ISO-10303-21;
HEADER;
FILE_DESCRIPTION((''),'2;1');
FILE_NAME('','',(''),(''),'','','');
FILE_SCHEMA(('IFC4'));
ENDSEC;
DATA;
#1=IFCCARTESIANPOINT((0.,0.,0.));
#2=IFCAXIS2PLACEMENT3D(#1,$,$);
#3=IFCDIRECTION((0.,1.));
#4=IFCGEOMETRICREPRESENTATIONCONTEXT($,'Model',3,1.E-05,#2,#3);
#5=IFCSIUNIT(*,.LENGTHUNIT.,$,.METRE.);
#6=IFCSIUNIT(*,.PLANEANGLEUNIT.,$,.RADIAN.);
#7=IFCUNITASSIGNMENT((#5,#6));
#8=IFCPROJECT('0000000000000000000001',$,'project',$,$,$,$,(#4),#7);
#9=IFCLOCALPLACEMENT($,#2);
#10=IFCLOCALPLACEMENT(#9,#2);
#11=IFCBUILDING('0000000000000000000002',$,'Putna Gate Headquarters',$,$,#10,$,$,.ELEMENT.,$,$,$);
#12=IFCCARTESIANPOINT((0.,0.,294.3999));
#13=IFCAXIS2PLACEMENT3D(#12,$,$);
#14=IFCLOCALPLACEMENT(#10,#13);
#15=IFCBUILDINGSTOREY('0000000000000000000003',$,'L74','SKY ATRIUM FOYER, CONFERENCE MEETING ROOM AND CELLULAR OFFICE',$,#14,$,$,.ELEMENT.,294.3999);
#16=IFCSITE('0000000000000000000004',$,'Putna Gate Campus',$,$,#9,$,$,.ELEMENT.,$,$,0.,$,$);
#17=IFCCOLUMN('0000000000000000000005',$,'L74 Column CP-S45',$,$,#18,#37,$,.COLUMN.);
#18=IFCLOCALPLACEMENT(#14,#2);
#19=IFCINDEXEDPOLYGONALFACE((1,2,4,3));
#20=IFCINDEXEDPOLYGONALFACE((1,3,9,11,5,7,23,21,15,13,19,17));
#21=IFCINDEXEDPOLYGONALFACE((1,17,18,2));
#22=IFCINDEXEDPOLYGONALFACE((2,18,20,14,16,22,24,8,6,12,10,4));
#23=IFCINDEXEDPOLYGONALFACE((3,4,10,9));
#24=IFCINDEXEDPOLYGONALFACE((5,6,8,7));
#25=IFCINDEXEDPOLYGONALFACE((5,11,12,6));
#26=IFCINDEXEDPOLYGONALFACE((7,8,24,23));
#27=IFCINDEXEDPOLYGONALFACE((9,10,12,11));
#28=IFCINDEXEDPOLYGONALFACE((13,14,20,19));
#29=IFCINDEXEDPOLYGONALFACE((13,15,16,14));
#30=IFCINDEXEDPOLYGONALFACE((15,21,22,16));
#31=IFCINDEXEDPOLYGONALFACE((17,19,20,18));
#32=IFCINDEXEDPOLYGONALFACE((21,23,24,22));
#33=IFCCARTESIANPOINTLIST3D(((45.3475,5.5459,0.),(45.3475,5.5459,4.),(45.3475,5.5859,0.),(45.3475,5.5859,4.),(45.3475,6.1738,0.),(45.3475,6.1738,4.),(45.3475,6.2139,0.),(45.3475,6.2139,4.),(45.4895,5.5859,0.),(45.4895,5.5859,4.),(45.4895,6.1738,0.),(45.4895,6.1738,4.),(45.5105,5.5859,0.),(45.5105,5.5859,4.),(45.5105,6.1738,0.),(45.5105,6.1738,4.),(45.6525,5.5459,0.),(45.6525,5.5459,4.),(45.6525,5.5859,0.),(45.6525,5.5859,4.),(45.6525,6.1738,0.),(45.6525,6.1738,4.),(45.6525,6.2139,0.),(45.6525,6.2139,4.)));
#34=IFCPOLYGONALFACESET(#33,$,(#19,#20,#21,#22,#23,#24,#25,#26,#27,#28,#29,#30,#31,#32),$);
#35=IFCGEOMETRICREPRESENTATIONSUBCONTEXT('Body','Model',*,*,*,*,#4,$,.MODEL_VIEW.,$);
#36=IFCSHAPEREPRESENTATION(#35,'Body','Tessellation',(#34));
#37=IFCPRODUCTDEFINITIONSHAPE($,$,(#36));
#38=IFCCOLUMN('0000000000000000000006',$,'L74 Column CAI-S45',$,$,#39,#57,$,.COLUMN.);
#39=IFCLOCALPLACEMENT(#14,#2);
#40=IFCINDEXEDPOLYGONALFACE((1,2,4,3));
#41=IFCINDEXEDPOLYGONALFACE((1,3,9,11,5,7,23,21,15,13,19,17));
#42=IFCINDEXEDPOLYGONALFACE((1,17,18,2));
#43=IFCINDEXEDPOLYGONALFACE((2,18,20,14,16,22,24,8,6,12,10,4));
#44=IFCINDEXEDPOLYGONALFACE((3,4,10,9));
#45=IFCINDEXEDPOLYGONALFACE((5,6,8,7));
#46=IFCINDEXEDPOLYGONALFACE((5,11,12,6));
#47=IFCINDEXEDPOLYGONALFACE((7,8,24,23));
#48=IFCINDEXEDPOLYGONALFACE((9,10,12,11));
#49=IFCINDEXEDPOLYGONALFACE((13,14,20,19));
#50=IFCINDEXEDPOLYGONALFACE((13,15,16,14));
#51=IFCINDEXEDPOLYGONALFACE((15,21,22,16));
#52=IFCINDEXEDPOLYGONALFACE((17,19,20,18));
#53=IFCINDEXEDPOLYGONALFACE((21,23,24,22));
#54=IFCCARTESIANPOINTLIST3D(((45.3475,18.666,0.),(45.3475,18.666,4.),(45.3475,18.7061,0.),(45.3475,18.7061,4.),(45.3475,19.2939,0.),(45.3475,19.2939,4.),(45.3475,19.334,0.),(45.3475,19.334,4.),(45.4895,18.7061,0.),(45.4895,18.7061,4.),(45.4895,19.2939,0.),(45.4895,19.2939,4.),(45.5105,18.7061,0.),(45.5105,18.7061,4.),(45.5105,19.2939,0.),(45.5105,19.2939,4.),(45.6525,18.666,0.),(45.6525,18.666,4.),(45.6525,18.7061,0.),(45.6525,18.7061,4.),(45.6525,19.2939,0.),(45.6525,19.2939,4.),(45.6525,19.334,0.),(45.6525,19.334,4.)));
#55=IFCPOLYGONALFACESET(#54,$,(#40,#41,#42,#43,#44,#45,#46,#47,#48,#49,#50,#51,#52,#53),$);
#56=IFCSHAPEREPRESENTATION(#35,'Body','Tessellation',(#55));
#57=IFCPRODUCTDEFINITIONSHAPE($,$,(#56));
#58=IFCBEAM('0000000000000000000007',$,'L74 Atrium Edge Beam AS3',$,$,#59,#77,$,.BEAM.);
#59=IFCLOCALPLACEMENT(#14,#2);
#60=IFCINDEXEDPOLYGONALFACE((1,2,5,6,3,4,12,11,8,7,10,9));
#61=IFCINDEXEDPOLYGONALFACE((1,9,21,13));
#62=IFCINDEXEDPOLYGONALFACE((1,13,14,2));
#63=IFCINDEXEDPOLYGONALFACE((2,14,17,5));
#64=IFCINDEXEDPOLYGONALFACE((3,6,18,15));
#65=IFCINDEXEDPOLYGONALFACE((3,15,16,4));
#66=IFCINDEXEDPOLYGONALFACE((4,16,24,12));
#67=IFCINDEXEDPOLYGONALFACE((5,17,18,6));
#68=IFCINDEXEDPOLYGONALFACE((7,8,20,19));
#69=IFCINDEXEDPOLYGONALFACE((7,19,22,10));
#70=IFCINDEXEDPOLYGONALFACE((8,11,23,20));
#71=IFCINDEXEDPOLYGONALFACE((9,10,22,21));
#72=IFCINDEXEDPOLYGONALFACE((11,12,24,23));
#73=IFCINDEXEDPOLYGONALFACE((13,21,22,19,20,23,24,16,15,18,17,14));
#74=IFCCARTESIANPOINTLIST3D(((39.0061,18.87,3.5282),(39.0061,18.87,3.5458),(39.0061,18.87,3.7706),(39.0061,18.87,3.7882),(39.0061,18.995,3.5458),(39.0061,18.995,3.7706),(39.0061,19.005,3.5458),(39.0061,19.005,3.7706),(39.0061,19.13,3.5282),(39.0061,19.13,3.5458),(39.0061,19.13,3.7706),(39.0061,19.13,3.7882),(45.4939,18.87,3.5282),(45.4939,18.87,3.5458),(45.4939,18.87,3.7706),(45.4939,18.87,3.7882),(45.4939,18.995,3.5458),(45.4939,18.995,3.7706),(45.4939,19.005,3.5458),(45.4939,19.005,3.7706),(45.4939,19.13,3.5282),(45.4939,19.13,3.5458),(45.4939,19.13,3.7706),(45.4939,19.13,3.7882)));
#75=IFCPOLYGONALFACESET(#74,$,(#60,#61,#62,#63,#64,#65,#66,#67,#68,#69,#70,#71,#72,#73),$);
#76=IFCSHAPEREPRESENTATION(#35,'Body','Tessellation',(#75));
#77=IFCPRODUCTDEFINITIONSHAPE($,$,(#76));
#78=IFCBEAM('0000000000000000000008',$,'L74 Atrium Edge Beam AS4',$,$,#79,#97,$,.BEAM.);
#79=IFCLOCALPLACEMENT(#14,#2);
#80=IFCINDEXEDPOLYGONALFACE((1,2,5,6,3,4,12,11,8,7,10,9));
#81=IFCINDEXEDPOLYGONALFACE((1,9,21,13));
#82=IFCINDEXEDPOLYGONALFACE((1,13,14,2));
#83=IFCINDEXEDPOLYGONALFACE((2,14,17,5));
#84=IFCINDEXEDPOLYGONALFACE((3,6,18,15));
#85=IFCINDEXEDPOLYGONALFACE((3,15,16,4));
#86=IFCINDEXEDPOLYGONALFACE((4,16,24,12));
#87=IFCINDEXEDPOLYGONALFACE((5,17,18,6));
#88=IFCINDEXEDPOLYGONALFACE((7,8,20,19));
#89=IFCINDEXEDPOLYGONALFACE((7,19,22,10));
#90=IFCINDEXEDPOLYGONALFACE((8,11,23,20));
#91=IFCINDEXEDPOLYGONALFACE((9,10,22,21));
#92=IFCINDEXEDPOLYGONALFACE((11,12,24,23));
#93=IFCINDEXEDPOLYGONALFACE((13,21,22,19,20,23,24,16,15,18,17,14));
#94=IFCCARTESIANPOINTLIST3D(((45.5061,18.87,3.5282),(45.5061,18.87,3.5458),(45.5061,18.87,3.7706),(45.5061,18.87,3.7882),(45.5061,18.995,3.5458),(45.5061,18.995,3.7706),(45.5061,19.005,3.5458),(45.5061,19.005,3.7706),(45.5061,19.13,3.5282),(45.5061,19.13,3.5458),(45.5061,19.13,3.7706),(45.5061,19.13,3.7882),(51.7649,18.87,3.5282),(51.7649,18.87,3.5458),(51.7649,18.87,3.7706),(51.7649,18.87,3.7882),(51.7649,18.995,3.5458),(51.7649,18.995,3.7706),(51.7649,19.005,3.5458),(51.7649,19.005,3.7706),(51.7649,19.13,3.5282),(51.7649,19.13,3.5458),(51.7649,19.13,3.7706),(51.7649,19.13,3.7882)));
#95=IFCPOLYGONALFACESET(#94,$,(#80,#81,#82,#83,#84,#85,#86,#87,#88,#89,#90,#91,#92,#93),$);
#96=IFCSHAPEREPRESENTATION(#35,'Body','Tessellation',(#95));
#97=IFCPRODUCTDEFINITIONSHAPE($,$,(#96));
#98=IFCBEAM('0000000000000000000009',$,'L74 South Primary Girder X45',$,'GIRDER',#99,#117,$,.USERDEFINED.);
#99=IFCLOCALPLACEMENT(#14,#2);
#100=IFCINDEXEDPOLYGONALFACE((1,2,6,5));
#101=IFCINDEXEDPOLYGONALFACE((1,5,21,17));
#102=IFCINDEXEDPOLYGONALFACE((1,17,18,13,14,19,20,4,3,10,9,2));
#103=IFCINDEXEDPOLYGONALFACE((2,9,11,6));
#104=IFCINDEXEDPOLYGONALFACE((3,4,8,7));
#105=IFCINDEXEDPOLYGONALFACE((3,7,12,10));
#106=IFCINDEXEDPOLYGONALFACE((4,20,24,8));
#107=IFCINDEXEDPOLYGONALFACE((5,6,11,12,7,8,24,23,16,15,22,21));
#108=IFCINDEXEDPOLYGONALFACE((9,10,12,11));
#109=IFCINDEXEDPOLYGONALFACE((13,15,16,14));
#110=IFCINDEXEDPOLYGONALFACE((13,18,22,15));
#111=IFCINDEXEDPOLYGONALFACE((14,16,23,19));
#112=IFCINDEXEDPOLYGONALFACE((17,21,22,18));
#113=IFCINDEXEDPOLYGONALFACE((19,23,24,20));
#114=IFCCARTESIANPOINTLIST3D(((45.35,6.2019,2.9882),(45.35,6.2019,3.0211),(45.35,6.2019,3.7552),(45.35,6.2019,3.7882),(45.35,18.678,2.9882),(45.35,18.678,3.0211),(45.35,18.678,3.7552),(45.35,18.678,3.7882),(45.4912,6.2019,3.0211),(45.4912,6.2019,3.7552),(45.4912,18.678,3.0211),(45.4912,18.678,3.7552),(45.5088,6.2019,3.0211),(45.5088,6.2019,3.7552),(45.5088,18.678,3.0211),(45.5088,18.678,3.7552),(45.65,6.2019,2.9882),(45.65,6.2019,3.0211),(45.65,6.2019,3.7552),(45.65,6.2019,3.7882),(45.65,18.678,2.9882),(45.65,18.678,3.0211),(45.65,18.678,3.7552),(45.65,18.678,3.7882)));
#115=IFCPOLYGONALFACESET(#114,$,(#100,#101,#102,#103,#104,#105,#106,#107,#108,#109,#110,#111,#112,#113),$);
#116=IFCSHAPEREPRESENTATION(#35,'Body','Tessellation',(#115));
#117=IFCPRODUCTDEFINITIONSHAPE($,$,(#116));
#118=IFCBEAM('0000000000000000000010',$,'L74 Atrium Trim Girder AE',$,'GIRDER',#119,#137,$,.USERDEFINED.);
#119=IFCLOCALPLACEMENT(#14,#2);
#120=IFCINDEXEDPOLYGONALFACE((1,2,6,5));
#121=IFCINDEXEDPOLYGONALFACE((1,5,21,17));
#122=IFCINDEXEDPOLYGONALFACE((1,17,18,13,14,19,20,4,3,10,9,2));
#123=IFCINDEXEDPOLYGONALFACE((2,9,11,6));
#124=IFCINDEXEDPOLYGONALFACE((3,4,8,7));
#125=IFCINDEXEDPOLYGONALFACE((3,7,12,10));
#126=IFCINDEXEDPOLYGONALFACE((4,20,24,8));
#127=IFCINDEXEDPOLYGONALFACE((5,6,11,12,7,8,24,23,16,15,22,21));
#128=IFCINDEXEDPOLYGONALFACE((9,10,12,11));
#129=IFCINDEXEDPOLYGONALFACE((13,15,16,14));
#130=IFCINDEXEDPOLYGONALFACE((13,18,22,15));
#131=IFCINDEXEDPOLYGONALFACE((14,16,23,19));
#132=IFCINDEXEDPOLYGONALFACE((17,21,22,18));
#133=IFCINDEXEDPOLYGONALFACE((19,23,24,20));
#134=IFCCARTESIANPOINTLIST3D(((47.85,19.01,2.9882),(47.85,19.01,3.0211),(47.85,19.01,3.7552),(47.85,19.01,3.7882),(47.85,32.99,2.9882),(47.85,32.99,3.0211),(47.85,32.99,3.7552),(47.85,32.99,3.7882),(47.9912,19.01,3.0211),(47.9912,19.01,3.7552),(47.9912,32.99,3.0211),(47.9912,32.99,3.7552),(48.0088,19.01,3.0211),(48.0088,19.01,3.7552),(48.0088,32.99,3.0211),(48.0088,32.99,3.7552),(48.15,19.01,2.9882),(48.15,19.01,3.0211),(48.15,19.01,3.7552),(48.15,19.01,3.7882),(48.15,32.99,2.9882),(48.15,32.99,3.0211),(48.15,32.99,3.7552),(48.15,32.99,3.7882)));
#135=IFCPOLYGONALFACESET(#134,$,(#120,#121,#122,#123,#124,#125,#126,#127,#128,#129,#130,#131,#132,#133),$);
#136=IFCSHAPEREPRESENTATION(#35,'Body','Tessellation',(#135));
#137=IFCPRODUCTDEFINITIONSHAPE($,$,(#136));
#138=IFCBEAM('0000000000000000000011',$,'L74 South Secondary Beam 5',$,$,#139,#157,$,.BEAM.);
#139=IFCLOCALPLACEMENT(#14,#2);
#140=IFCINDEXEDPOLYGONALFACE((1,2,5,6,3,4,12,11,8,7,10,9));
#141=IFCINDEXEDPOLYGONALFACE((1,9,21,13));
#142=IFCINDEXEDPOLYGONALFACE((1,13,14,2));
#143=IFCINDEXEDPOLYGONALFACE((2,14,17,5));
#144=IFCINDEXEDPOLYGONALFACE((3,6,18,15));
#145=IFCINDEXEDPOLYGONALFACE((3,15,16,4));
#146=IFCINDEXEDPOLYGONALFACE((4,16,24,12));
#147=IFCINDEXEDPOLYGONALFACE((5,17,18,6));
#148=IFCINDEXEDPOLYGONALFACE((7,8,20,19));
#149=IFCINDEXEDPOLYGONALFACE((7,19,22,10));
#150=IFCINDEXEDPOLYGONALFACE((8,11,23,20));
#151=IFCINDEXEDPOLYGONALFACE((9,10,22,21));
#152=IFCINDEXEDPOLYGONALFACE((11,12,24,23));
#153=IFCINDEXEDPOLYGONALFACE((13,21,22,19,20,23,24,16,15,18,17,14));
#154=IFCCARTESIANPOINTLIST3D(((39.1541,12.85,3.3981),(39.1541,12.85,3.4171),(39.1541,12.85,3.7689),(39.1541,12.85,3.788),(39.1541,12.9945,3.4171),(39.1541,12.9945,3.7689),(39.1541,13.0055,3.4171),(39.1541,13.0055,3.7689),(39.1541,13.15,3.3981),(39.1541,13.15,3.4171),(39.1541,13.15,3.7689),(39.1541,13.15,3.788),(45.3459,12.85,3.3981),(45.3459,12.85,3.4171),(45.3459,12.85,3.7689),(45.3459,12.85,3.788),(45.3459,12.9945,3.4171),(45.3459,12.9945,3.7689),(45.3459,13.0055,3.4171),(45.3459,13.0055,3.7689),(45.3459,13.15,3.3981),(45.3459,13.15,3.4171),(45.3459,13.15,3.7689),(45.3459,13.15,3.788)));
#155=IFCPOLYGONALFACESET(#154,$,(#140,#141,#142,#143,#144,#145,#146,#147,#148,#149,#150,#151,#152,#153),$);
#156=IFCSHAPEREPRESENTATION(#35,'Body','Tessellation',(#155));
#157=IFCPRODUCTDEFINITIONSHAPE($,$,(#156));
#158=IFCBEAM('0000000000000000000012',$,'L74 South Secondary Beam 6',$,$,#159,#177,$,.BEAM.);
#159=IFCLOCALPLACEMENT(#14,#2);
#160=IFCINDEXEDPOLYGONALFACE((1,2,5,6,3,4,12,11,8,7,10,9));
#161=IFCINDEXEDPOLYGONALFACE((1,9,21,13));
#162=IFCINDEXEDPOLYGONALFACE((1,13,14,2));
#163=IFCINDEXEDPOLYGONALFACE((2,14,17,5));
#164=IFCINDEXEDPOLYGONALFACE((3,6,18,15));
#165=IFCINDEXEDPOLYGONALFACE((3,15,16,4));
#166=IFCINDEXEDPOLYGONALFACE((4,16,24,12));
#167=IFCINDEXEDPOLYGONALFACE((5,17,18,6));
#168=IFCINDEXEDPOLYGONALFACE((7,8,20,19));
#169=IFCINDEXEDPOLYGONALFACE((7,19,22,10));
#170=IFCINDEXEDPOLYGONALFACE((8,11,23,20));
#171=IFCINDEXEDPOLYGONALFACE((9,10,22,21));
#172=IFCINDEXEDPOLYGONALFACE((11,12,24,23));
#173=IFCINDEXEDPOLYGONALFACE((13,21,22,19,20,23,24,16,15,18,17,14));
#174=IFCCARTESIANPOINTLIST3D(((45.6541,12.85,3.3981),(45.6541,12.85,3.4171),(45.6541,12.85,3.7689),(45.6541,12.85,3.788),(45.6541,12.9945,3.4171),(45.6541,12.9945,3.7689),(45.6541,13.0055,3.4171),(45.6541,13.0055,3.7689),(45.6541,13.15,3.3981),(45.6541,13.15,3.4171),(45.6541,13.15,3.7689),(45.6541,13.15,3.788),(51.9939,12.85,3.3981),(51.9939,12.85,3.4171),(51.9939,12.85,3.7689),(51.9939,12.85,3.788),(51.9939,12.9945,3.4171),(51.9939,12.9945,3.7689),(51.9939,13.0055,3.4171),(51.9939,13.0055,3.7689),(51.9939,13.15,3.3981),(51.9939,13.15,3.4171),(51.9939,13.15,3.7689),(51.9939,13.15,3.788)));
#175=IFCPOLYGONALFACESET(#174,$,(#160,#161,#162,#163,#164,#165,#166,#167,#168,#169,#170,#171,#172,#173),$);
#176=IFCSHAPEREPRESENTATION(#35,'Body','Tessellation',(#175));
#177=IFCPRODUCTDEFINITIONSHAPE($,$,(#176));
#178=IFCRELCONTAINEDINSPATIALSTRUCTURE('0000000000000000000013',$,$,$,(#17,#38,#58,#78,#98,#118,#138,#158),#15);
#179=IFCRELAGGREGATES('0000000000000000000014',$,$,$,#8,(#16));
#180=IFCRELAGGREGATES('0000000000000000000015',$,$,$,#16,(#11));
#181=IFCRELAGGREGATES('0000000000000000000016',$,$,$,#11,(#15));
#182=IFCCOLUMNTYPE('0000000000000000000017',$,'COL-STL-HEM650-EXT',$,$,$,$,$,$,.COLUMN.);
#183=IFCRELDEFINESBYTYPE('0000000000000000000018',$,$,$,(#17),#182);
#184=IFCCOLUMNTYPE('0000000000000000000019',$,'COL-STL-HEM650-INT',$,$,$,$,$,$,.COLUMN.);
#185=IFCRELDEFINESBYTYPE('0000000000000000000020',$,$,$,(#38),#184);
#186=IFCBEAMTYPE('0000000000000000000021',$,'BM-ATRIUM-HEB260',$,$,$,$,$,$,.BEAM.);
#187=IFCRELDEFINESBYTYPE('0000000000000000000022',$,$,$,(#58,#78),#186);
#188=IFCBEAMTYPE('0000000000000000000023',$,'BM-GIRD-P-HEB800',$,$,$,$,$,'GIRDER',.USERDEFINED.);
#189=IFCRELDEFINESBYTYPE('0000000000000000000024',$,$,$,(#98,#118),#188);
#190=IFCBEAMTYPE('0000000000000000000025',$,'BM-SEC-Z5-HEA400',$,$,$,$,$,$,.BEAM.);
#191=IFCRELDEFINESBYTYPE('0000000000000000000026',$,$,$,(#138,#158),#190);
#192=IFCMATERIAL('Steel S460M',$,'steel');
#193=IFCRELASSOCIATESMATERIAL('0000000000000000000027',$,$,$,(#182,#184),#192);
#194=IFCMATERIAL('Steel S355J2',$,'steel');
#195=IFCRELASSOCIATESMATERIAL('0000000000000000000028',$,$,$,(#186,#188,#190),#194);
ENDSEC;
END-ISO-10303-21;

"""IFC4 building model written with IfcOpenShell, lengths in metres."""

from ifc_helpers import new_model, si_unit, direction, frame, origin, origin_2d, place, context, subcontext, project, spatial, i_section, extrude, material, material_profile, profile_set, type_object, element, save


model = new_model("IFC4")

# Units and contexts
model_context = context("Model", 3, precision=1e-05, world=origin(), true_north=direction((0.0, 1.0)))
body_context = subcontext(model_context, "Body", "Model", "MODEL_VIEW")
ifc_project = project(units=[si_unit("LENGTHUNIT", "METRE"), si_unit("PLANEANGLEUNIT", "RADIAN")], contexts=[model_context])

# Site, building, storey
site_placement = place(None, origin())
site = spatial("IfcSite", under=ifc_project, at=site_placement, Name="Putna Gate Campus", CompositionType="ELEMENT", RefElevation=0.0)
building_placement = place(site_placement, origin())
building = spatial("IfcBuilding", under=site, at=building_placement, Name="Putna Gate Headquarters", CompositionType="ELEMENT")
storey_placement = place(building_placement, frame((0.0, 0.0, 294.3999)))
storey = spatial("IfcBuildingStorey", under=building, at=storey_placement, Name="L74", Description="SKY ATRIUM FOYER, CONFERENCE MEETING ROOM AND CELLULAR OFFICE", CompositionType="ELEMENT", Elevation=294.3999)

# Columns
ifc_material_1 = material(Name="Steel S460M", Category="steel")
ifc_material_profile_1 = material_profile(ifc_material_1, i_section(OverallWidth=0.3049, OverallDepth=0.668, WebThickness=0.021, FlangeThickness=0.04, at=origin_2d()), Name="Steel S460M")
ifc_profile_set_1 = profile_set([ifc_material_profile_1], Name="Steel S460M")
column_type_1 = type_object("IfcColumnType", Name="COL-STL-HEM650-EXT", PredefinedType="COLUMN", material=ifc_profile_set_1)
column_1_placement = place(storey_placement, frame((45.5, 5.8799, 0.0), z_axis=(0.0, 0.0, 1.0), x_axis=(1.0, 0.0, 0.0)))
element("IfcColumn", 1, at=column_1_placement, inside=storey, type_object=column_type_1, Name="L74 Column CP-S45", PredefinedType="COLUMN", context=body_context, shape_type="SweptSolid", body=[
    extrude(i_section(OverallWidth=0.3049, OverallDepth=0.668, WebThickness=0.021, FlangeThickness=0.04, at=origin_2d()), origin(), (0.0, 0.0, 1.0), 4.0),
])
ifc_material_profile_2 = material_profile(ifc_material_1, i_section(OverallWidth=0.3049, OverallDepth=0.668, WebThickness=0.021, FlangeThickness=0.04, at=origin_2d()), Name="Steel S460M")
ifc_profile_set_2 = profile_set([ifc_material_profile_2], Name="Steel S460M")
column_type_2 = type_object("IfcColumnType", Name="COL-STL-HEM650-INT", PredefinedType="COLUMN", material=ifc_profile_set_2)
column_2_placement = place(storey_placement, frame((45.5, 19.0, 0.0), z_axis=(0.0, 0.0, 1.0), x_axis=(1.0, 0.0, 0.0)))
element("IfcColumn", 2, at=column_2_placement, inside=storey, type_object=column_type_2, Name="L74 Column CAI-S45", PredefinedType="COLUMN", context=body_context, shape_type="SweptSolid", body=[
    extrude(i_section(OverallWidth=0.3049, OverallDepth=0.668, WebThickness=0.021, FlangeThickness=0.04, at=origin_2d()), origin(), (0.0, 0.0, 1.0), 4.0),
])

# Beams
ifc_material_2 = material(Name="Steel S355J2", Category="steel")
ifc_material_profile_3 = material_profile(ifc_material_2, i_section(OverallWidth=0.26, OverallDepth=0.26, WebThickness=0.01, FlangeThickness=0.0176, at=origin_2d()), Name="Steel S355J2")
ifc_profile_set_3 = profile_set([ifc_material_profile_3], Name="Steel S355J2")
beam_type_1 = type_object("IfcBeamType", Name="BM-ATRIUM-HEB260", PredefinedType="BEAM", material=ifc_profile_set_3)
beam_1_placement = place(storey_placement, frame((39.0061, 19.0, 3.6582), z_axis=(1.0, 0.0, 0.0), x_axis=(0.0, 1.0, 0.0)))
element("IfcBeam", 3, at=beam_1_placement, inside=storey, type_object=beam_type_1, Name="L74 Atrium Edge Beam AS3", PredefinedType="BEAM", context=body_context, shape_type="SweptSolid", body=[
    extrude(i_section(OverallWidth=0.26, OverallDepth=0.26, WebThickness=0.01, FlangeThickness=0.0176, at=origin_2d()), origin(), (0.0, 0.0, 1.0), 6.4878),
])
beam_2_placement = place(storey_placement, frame((45.5061, 19.0, 3.6582), z_axis=(1.0, 0.0, 0.0), x_axis=(0.0, 1.0, 0.0)))
element("IfcBeam", 4, at=beam_2_placement, inside=storey, type_object=beam_type_1, Name="L74 Atrium Edge Beam AS4", PredefinedType="BEAM", context=body_context, shape_type="SweptSolid", body=[
    extrude(i_section(OverallWidth=0.26, OverallDepth=0.26, WebThickness=0.01, FlangeThickness=0.0176, at=origin_2d()), origin(), (0.0, 0.0, 1.0), 6.2588),
])
ifc_material_profile_4 = material_profile(ifc_material_2, i_section(OverallWidth=0.3, OverallDepth=0.8, WebThickness=0.0176, FlangeThickness=0.033, at=origin_2d()), Name="Steel S355J2")
ifc_profile_set_4 = profile_set([ifc_material_profile_4], Name="Steel S355J2")
beam_type_2 = type_object("IfcBeamType", Name="BM-GIRD-P-HEB800", ElementType="GIRDER", PredefinedType="USERDEFINED", material=ifc_profile_set_4)
beam_3_placement = place(storey_placement, frame((45.5, 6.2019, 3.3882), z_axis=(0.0, 1.0, 0.0), x_axis=(-1.0, 0.0, 0.0)))
element("IfcBeam", 5, at=beam_3_placement, inside=storey, type_object=beam_type_2, Name="L74 South Primary Girder X45", ObjectType="GIRDER", PredefinedType="USERDEFINED", context=body_context, shape_type="SweptSolid", body=[
    extrude(i_section(OverallWidth=0.3, OverallDepth=0.8, WebThickness=0.0176, FlangeThickness=0.033, at=origin_2d()), origin(), (0.0, 0.0, 1.0), 12.4761),
])
beam_4_placement = place(storey_placement, frame((48.0, 19.01, 3.3882), z_axis=(0.0, 1.0, 0.0), x_axis=(-1.0, 0.0, 0.0)))
element("IfcBeam", 6, at=beam_4_placement, inside=storey, type_object=beam_type_2, Name="L74 Atrium Trim Girder AE", ObjectType="GIRDER", PredefinedType="USERDEFINED", context=body_context, shape_type="SweptSolid", body=[
    extrude(i_section(OverallWidth=0.3, OverallDepth=0.8, WebThickness=0.0176, FlangeThickness=0.033, at=origin_2d()), origin(), (0.0, 0.0, 1.0), 13.98),
])
ifc_material_profile_5 = material_profile(ifc_material_2, i_section(OverallWidth=0.3, OverallDepth=0.3899, WebThickness=0.011, FlangeThickness=0.019, at=origin_2d()), Name="Steel S355J2")
ifc_profile_set_5 = profile_set([ifc_material_profile_5], Name="Steel S355J2")
beam_type_3 = type_object("IfcBeamType", Name="BM-SEC-Z5-HEA400", PredefinedType="BEAM", material=ifc_profile_set_5)
beam_5_placement = place(storey_placement, frame((39.1541, 13.0, 3.593), z_axis=(1.0, 0.0, 0.0), x_axis=(0.0, 1.0, 0.0)))
element("IfcBeam", 7, at=beam_5_placement, inside=storey, type_object=beam_type_3, Name="L74 South Secondary Beam 5", PredefinedType="BEAM", context=body_context, shape_type="SweptSolid", body=[
    extrude(i_section(OverallWidth=0.3, OverallDepth=0.3899, WebThickness=0.011, FlangeThickness=0.019, at=origin_2d()), origin(), (0.0, 0.0, 1.0), 6.1919),
])
beam_6_placement = place(storey_placement, frame((45.6541, 13.0, 3.593), z_axis=(1.0, 0.0, 0.0), x_axis=(0.0, 1.0, 0.0)))
element("IfcBeam", 8, at=beam_6_placement, inside=storey, type_object=beam_type_3, Name="L74 South Secondary Beam 6", PredefinedType="BEAM", context=body_context, shape_type="SweptSolid", body=[
    extrude(i_section(OverallWidth=0.3, OverallDepth=0.3899, WebThickness=0.011, FlangeThickness=0.019, at=origin_2d()), origin(), (0.0, 0.0, 1.0), 6.3398),
])

save(model, "model.ifc")
